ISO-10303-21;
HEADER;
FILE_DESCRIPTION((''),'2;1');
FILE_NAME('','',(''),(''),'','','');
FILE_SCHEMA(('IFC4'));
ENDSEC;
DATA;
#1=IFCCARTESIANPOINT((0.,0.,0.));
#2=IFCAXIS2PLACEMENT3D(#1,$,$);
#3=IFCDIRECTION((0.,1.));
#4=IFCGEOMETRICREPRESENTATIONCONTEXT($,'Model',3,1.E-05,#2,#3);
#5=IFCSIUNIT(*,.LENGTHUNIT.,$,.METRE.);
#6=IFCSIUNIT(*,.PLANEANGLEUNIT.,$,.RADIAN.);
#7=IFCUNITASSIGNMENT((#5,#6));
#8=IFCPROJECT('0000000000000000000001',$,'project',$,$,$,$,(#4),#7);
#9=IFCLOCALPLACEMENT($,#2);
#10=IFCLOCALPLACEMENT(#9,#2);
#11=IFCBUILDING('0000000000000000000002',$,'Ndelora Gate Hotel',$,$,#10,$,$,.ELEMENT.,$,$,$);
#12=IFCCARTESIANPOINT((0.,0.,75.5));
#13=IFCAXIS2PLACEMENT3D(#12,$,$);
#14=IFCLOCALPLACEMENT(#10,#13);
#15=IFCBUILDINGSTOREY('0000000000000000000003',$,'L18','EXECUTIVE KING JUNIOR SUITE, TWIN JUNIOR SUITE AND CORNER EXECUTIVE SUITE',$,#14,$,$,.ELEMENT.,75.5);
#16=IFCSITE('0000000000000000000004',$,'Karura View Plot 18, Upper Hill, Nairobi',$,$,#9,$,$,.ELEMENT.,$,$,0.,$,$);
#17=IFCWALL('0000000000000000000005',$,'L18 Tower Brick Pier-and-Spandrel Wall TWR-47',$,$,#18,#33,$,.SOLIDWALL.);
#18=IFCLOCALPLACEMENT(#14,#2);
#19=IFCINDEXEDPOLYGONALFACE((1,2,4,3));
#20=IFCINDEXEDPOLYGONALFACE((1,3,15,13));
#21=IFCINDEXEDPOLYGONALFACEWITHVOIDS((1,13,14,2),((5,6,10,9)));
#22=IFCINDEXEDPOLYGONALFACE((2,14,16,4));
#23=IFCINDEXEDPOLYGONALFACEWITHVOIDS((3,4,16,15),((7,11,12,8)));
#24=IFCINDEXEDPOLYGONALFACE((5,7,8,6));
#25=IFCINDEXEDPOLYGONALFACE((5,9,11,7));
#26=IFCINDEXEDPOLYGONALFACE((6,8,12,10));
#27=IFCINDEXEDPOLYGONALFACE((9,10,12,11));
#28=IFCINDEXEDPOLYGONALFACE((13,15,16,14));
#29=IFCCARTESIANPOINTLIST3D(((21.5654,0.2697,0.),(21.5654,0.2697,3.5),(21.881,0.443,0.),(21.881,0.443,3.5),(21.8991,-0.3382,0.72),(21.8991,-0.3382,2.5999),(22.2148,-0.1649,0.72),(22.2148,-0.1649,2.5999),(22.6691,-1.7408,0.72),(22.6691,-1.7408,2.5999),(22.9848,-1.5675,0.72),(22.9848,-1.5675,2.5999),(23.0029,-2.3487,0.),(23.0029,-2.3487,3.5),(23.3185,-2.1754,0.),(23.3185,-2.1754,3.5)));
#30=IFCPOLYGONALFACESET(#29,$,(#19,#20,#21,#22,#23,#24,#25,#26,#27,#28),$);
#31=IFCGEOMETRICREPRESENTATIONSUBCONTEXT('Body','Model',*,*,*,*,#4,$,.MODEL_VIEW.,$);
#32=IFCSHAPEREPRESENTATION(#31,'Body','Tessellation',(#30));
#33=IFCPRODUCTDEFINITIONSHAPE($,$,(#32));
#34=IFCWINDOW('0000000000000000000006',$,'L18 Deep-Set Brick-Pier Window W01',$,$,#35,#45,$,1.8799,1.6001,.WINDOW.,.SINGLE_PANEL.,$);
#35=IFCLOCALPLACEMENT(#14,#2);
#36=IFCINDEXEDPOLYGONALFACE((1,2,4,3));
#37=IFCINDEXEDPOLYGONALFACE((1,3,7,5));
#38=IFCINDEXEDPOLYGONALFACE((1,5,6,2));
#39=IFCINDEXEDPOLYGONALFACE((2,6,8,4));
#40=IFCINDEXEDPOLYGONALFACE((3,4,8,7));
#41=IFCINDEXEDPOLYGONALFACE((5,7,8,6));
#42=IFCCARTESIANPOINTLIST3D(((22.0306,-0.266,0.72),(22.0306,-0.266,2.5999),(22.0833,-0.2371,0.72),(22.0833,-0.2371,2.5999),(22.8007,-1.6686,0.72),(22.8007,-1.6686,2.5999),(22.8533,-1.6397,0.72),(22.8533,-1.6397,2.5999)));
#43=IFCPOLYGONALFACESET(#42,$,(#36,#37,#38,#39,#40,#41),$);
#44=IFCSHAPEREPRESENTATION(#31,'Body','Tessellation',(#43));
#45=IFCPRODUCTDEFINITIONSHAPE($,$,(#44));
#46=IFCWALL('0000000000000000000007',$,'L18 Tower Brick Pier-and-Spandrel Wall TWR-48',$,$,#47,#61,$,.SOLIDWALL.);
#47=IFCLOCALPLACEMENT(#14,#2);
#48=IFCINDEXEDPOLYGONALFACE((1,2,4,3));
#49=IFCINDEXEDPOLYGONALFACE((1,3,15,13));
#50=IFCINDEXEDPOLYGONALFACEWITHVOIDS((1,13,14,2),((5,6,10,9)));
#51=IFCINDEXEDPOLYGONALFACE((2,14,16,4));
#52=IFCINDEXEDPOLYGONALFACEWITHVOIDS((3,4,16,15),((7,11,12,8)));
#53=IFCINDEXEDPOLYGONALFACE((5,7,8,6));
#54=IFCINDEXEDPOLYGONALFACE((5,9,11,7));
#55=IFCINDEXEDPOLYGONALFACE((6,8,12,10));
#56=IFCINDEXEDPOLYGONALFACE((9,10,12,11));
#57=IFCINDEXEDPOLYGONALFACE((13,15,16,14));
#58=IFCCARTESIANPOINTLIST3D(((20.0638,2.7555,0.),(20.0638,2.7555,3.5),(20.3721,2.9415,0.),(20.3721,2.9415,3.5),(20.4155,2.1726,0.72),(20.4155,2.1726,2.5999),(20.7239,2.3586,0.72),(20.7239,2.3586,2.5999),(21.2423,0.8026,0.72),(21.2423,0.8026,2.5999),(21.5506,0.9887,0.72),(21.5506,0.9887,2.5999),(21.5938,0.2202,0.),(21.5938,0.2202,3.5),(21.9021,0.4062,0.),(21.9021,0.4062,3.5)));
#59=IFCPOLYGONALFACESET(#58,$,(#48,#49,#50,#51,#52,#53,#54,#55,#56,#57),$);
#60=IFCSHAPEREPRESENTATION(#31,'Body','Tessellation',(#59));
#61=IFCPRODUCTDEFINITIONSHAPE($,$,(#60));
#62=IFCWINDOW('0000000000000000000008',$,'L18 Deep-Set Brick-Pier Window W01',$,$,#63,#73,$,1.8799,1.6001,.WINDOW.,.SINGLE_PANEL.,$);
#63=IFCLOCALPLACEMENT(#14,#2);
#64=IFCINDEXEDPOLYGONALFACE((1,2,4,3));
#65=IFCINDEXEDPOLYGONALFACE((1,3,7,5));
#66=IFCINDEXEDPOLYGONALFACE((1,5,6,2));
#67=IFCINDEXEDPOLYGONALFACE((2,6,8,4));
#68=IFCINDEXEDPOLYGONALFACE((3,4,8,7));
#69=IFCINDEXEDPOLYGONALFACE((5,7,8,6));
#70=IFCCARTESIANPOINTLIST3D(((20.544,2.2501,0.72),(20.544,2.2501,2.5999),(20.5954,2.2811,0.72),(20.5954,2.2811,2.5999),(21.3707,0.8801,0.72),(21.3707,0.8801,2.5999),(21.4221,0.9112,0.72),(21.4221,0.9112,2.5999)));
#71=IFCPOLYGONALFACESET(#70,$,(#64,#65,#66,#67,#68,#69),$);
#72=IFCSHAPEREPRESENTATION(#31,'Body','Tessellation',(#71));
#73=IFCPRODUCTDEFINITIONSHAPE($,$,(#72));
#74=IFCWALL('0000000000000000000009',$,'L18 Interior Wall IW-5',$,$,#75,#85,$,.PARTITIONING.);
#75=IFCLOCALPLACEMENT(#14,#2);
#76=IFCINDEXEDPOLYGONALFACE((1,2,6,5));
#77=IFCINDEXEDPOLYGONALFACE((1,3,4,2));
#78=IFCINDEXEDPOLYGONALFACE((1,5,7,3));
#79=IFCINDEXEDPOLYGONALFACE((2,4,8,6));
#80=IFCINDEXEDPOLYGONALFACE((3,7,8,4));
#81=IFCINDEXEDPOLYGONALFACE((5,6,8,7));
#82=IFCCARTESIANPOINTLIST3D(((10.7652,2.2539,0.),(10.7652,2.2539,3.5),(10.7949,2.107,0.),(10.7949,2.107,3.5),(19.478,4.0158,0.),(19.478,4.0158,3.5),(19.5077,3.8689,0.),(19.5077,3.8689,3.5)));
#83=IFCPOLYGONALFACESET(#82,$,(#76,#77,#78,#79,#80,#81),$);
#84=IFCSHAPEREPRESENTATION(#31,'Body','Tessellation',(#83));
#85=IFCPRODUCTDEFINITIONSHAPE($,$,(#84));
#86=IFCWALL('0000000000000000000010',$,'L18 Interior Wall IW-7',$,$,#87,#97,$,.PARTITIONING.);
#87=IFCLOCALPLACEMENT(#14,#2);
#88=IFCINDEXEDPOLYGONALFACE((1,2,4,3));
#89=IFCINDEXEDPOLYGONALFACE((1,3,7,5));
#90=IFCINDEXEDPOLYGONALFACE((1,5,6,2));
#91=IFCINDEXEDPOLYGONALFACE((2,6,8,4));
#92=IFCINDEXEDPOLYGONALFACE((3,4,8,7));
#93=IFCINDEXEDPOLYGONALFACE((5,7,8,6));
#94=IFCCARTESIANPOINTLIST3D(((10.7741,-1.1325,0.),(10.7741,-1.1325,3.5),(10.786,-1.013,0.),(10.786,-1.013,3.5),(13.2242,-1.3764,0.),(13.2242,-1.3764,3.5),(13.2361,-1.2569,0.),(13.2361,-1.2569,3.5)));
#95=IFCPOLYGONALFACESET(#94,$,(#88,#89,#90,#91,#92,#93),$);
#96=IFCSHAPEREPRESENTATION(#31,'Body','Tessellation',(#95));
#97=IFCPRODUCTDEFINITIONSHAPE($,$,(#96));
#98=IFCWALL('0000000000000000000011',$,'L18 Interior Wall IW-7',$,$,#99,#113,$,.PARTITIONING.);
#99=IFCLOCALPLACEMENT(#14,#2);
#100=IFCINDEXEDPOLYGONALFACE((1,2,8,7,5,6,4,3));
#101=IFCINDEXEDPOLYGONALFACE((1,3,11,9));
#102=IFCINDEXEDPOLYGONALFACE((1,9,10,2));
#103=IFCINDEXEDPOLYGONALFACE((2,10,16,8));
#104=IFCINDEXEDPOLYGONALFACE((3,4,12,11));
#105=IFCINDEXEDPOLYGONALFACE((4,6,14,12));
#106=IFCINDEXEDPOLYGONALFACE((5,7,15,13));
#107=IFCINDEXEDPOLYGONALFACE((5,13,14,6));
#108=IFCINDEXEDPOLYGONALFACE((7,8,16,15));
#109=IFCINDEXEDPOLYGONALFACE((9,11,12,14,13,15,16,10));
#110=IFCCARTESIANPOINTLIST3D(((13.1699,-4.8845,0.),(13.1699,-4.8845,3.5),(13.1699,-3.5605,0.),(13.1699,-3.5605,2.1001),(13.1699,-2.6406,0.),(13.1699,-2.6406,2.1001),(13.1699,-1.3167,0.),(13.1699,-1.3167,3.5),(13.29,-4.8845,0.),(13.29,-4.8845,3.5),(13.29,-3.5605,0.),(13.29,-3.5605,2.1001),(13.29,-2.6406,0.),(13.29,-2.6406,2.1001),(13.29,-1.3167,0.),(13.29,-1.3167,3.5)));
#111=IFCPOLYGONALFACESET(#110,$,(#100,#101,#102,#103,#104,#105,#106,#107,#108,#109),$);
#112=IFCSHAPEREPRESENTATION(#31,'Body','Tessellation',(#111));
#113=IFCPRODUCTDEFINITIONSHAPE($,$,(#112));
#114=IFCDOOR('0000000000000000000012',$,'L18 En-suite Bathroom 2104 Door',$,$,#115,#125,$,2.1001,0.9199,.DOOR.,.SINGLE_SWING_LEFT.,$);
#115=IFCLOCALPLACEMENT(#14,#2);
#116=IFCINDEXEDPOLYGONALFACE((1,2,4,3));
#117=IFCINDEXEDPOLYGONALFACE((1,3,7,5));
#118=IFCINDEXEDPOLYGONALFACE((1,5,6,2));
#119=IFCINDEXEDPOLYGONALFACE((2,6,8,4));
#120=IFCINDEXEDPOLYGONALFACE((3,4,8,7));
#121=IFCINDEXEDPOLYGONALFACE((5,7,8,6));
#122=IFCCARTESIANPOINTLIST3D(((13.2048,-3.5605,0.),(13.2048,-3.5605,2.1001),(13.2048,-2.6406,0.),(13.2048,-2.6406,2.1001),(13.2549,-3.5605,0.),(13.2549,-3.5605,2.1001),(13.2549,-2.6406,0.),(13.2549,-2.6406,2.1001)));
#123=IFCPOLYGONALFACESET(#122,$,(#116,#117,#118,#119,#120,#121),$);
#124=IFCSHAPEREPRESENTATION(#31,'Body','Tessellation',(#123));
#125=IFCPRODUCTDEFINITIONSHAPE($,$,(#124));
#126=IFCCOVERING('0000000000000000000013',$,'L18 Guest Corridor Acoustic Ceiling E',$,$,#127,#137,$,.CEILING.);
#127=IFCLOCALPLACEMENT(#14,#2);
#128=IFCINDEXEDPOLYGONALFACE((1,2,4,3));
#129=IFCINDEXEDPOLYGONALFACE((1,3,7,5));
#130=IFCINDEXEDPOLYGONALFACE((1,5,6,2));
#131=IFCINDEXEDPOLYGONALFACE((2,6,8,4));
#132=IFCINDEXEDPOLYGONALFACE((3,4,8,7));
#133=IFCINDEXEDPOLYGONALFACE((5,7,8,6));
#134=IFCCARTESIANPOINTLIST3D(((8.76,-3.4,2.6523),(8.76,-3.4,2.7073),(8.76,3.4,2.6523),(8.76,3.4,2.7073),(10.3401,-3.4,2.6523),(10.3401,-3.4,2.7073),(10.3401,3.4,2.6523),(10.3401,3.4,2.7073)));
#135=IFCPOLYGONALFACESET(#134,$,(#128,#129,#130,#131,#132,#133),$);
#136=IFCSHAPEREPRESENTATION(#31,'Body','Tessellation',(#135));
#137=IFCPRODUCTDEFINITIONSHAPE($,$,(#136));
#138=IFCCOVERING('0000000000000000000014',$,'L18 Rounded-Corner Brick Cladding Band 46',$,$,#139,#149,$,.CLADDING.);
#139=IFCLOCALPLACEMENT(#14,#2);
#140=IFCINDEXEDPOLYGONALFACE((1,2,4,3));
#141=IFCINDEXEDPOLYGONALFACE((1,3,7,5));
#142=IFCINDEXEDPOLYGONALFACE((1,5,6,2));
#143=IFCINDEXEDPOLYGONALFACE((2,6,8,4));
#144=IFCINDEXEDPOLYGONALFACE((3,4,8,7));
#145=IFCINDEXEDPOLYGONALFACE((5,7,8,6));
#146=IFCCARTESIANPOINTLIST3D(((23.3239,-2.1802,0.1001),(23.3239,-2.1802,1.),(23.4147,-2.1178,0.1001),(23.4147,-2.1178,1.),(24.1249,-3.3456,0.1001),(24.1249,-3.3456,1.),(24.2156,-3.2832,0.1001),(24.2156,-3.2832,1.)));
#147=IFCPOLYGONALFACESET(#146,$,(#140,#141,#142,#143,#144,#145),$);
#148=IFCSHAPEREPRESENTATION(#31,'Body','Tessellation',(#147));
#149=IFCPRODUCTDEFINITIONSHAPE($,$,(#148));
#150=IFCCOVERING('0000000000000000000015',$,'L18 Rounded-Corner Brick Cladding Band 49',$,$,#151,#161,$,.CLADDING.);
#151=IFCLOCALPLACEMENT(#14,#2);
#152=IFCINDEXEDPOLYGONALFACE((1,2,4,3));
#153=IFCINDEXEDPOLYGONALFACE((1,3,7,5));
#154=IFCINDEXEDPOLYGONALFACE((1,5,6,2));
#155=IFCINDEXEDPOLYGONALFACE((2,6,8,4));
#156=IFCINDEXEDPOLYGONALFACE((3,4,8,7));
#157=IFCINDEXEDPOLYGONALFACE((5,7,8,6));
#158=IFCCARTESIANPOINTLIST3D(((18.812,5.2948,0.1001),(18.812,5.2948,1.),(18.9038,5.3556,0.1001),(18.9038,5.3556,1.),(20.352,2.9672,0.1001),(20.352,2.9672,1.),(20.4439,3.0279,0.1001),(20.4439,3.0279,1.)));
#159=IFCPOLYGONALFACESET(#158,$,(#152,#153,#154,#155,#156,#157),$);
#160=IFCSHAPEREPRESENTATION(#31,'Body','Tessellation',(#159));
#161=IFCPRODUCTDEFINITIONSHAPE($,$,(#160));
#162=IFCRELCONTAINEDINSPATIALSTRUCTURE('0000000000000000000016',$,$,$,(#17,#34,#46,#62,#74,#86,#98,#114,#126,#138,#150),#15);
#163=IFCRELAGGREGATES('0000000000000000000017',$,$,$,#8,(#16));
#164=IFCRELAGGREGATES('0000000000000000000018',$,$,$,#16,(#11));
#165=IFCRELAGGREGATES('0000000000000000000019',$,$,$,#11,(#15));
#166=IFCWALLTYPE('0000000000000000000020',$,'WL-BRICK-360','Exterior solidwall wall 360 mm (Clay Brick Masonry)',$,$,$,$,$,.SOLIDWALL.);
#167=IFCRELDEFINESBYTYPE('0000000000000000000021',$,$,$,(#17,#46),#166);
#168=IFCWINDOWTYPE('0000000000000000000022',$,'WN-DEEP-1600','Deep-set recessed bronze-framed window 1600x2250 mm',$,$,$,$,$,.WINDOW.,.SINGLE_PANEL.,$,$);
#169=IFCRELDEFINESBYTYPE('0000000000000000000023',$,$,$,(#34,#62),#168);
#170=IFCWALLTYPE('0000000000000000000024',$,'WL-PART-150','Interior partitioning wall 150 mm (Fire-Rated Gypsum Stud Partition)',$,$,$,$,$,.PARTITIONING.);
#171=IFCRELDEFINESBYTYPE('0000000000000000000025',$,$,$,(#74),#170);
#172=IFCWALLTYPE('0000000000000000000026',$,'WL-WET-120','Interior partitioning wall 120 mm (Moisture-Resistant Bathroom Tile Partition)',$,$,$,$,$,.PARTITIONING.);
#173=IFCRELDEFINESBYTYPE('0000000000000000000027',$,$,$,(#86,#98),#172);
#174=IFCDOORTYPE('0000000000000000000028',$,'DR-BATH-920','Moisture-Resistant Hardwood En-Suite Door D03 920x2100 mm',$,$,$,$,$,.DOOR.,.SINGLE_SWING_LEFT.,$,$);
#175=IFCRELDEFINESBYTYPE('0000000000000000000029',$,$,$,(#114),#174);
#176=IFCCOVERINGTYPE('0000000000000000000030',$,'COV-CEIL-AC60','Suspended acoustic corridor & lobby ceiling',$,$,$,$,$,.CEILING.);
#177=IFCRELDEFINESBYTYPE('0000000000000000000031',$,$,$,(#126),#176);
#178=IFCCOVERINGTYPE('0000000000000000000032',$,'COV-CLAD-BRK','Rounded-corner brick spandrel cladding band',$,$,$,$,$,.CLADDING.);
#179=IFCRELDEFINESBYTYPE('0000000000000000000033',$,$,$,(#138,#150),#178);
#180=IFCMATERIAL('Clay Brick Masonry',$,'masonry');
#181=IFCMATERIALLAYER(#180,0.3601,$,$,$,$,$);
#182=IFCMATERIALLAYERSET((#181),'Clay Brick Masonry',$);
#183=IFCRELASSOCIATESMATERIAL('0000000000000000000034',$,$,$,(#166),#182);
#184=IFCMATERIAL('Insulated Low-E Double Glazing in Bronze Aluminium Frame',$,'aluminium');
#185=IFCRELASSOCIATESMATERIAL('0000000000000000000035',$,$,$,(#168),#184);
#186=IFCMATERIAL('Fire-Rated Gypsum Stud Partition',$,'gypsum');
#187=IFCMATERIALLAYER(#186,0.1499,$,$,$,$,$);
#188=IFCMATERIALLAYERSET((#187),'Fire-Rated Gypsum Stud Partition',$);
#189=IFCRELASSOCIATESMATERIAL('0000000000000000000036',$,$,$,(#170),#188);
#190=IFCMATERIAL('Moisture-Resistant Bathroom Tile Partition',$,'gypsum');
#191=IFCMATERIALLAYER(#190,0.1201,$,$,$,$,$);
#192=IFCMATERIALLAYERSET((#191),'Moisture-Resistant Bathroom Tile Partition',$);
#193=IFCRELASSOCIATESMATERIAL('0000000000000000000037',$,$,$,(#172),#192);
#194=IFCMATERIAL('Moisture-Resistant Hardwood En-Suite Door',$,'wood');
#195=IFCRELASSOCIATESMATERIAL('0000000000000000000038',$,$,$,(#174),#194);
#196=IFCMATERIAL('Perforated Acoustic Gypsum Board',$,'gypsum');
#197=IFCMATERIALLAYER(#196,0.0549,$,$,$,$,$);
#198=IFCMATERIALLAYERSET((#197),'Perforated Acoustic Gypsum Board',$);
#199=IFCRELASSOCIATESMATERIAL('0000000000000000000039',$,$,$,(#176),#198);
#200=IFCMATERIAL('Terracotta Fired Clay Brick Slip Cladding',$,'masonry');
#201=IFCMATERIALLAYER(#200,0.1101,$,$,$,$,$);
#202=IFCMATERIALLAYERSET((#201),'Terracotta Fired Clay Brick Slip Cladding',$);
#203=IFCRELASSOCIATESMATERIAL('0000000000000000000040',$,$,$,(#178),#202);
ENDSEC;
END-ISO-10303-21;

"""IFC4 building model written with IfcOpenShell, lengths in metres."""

from ifc_helpers import new_model, si_unit, direction, frame, frame_2d, origin, origin_2d, place, context, subcontext, project, spatial, rectangle, extrude, material, layer, layer_set, type_object, element, fill, save


model = new_model("IFC4")

# Units and contexts
model_context = context("Model", 3, precision=1e-05, world=origin(), true_north=direction((0.0, 1.0)))
body_context = subcontext(model_context, "Body", "Model", "MODEL_VIEW")
ifc_project = project(units=[si_unit("LENGTHUNIT", "METRE"), si_unit("PLANEANGLEUNIT", "RADIAN")], contexts=[model_context])

# Site, building, storey
site_placement = place(None, origin())
site = spatial("IfcSite", under=ifc_project, at=site_placement, Name="Karura View Plot 18, Upper Hill, Nairobi", CompositionType="ELEMENT", RefElevation=0.0)
building_placement = place(site_placement, origin())
building = spatial("IfcBuilding", under=site, at=building_placement, Name="Ndelora Gate Hotel", CompositionType="ELEMENT")
storey_placement = place(building_placement, frame((0.0, 0.0, 75.5)))
storey = spatial("IfcBuildingStorey", under=building, at=storey_placement, Name="L18", Description="EXECUTIVE KING JUNIOR SUITE, TWIN JUNIOR SUITE AND CORNER EXECUTIVE SUITE", CompositionType="ELEMENT", Elevation=75.5)

# Shared definitions
ifc_material_1 = material(Name="Clay Brick Masonry", Category="masonry")
ifc_layer_1 = layer(ifc_material_1, 0.3601)
ifc_layer_set_1 = layer_set([ifc_layer_1], Name="Clay Brick Masonry")
wall_type_1 = type_object("IfcWallType", Name="WL-BRICK-360", Description="Exterior solidwall wall 360 mm (Clay Brick Masonry)", PredefinedType="SOLIDWALL", material=ifc_layer_set_1)

# Walls, openings, windows
wall_1_placement = place(storey_placement, frame((21.7231, 0.3564, 0.0), z_axis=(0.0, 0.0, 1.0), x_axis=(0.481244, -0.876587, 0.0)))
wall_1 = element("IfcWall", 1, at=wall_1_placement, inside=storey, type_object=wall_type_1, Name="L18 Tower Brick Pier-and-Spandrel Wall TWR-47", PredefinedType="SOLIDWALL", context=body_context, shape_type="SweptSolid", body=[
    extrude(rectangle(XDim=2.9871, YDim=0.3601, at=frame_2d((1.4937, 0.0))), origin(), (0.0, 0.0, 1.0), 3.5),
])
opening_1_placement = place(wall_1_placement, frame((0.6936, 0.0, 0.72)))
opening_1 = element("IfcOpeningElement", 2, at=opening_1_placement, cuts=wall_1, PredefinedType="OPENING", context=body_context, shape_type="SweptSolid", body=[
    extrude(rectangle(XDim=1.6001, YDim=1.8799, at=frame_2d((0.8, 0.9399))), frame((0.0, 0.1899, 0.0), z_axis=(0.0, -1.0, 0.0), x_axis=(1.0, 0.0, 0.0)), (0.0, 0.0, 1.0), 0.3801),
])
ifc_material_2 = material(Name="Insulated Low-E Double Glazing in Bronze Aluminium Frame", Category="aluminium")
window_type = type_object("IfcWindowType", Name="WN-DEEP-1600", Description="Deep-set recessed bronze-framed window 1600x2250 mm", PartitioningType="SINGLE_PANEL", PredefinedType="WINDOW", material=ifc_material_2)
window_1_placement = place(opening_1_placement, origin())
window_1 = element("IfcWindow", 3, at=window_1_placement, inside=storey, type_object=window_type, Name="L18 Deep-Set Brick-Pier Window W01", OverallHeight=1.8799, OverallWidth=1.6001, PartitioningType="SINGLE_PANEL", PredefinedType="WINDOW", context=body_context, shape_type="SweptSolid", body=[
    extrude(rectangle(XDim=1.6001, YDim=1.8799, at=frame_2d((0.8, 0.9399))), frame((0.0, 0.03, 0.0), z_axis=(0.0, -1.0, 0.0), x_axis=(1.0, 0.0, 0.0)), (0.0, 0.0, 1.0), 0.0601),
])
fill(opening_1, window_1)
wall_2_placement = place(storey_placement, frame((20.218, 2.8484, 0.0), z_axis=(0.0, 0.0, 1.0), x_axis=(0.516676, -0.856181, 0.0)))
wall_2 = element("IfcWall", 4, at=wall_2_placement, inside=storey, type_object=wall_type_1, Name="L18 Tower Brick Pier-and-Spandrel Wall TWR-48", PredefinedType="SOLIDWALL", context=body_context, shape_type="SweptSolid", body=[
    extrude(rectangle(XDim=2.9612, YDim=0.3601, at=frame_2d((1.4805, 0.0))), origin(), (0.0, 0.0, 1.0), 3.5),
])
opening_2_placement = place(wall_2_placement, frame((0.6807, 0.0, 0.72)))
opening_2 = element("IfcOpeningElement", 5, at=opening_2_placement, cuts=wall_2, PredefinedType="OPENING", context=body_context, shape_type="SweptSolid", body=[
    extrude(rectangle(XDim=1.6001, YDim=1.8799, at=frame_2d((0.8, 0.9399))), frame((0.0, 0.1899, 0.0), z_axis=(0.0, -1.0, 0.0), x_axis=(1.0, 0.0, 0.0)), (0.0, 0.0, 1.0), 0.3801),
])
window_2_placement = place(opening_2_placement, origin())
window_2 = element("IfcWindow", 6, at=window_2_placement, inside=storey, type_object=window_type, Name="L18 Deep-Set Brick-Pier Window W01", OverallHeight=1.8799, OverallWidth=1.6001, PartitioningType="SINGLE_PANEL", PredefinedType="WINDOW", context=body_context, shape_type="SweptSolid", body=[
    extrude(rectangle(XDim=1.6001, YDim=1.8799, at=frame_2d((0.8, 0.9399))), frame((0.0, 0.03, 0.0), z_axis=(0.0, -1.0, 0.0), x_axis=(1.0, 0.0, 0.0)), (0.0, 0.0, 1.0), 0.0601),
])
fill(opening_2, window_2)

# Walls
ifc_material_3 = material(Name="Fire-Rated Gypsum Stud Partition", Category="gypsum")
ifc_layer_2 = layer(ifc_material_3, 0.1499)
ifc_layer_set_2 = layer_set([ifc_layer_2], Name="Fire-Rated Gypsum Stud Partition")
wall_type_2 = type_object("IfcWallType", Name="WL-PART-150", Description="Interior partitioning wall 150 mm (Fire-Rated Gypsum Stud Partition)", PredefinedType="PARTITIONING", material=ifc_layer_set_2)
wall_3_placement = place(storey_placement, frame((10.78, 2.1804, 0.0), z_axis=(0.0, 0.0, 1.0), x_axis=(0.980159, 0.198213, 0.0)))
element("IfcWall", 7, at=wall_3_placement, inside=storey, type_object=wall_type_2, Name="L18 Interior Wall IW-5", PredefinedType="PARTITIONING", context=body_context, shape_type="SweptSolid", body=[
    extrude(rectangle(XDim=8.8892, YDim=0.1499, at=frame_2d((4.4446, 0.0))), origin(), (0.0, 0.0, 1.0), 3.5),
])
ifc_material_4 = material(Name="Moisture-Resistant Bathroom Tile Partition", Category="gypsum")
ifc_layer_3 = layer(ifc_material_4, 0.1201)
ifc_layer_set_3 = layer_set([ifc_layer_3], Name="Moisture-Resistant Bathroom Tile Partition")
wall_type_3 = type_object("IfcWallType", Name="WL-WET-120", Description="Interior partitioning wall 120 mm (Moisture-Resistant Bathroom Tile Partition)", PredefinedType="PARTITIONING", material=ifc_layer_set_3)
wall_4_placement = place(storey_placement, frame((13.23, -1.3167, 0.0), z_axis=(0.0, 0.0, 1.0), x_axis=(-0.995081, 0.099062, 0.0)))
element("IfcWall", 8, at=wall_4_placement, inside=storey, type_object=wall_type_3, Name="L18 Interior Wall IW-7", PredefinedType="PARTITIONING", context=body_context, shape_type="SweptSolid", body=[
    extrude(rectangle(XDim=2.4622, YDim=0.1201, at=frame_2d((1.231, 0.0))), origin(), (0.0, 0.0, 1.0), 3.5),
])

# Wall, opening, door
wall_5_placement = place(storey_placement, frame((13.23, -1.3167, 0.0), z_axis=(0.0, 0.0, 1.0), x_axis=(0.0, -1.0, 0.0)))
wall_5 = element("IfcWall", 9, at=wall_5_placement, inside=storey, type_object=wall_type_3, Name="L18 Interior Wall IW-7", PredefinedType="PARTITIONING", context=body_context, shape_type="SweptSolid", body=[
    extrude(rectangle(XDim=3.5679, YDim=0.1201, at=frame_2d((1.7839, 0.0))), origin(), (0.0, 0.0, 1.0), 3.5),
])
opening_3_placement = place(wall_5_placement, frame((1.324, 0.0, 0.0)))
opening_3 = element("IfcOpeningElement", 10, at=opening_3_placement, cuts=wall_5, PredefinedType="OPENING", context=body_context, shape_type="SweptSolid", body=[
    extrude(rectangle(XDim=0.9199, YDim=2.1001, at=frame_2d((0.46, 1.05))), frame((0.0, 0.0701, 0.0), z_axis=(0.0, -1.0, 0.0), x_axis=(1.0, 0.0, 0.0)), (0.0, 0.0, 1.0), 0.1401),
])
ifc_material_5 = material(Name="Moisture-Resistant Hardwood En-Suite Door", Category="wood")
door_type_1 = type_object("IfcDoorType", Name="DR-BATH-920", Description="Moisture-Resistant Hardwood En-Suite Door D03 920x2100 mm", OperationType="SINGLE_SWING_LEFT", PredefinedType="DOOR", material=ifc_material_5)
door_1_placement = place(opening_3_placement, origin())
door_1 = element("IfcDoor", 11, at=door_1_placement, inside=storey, type_object=door_type_1, Name="L18 En-suite Bathroom 2104 Door", OperationType="SINGLE_SWING_LEFT", OverallHeight=2.1001, OverallWidth=0.9199, PredefinedType="DOOR", context=body_context, shape_type="SweptSolid", body=[
    extrude(rectangle(XDim=0.9199, YDim=2.1001, at=frame_2d((0.46, 1.05))), frame((0.0, 0.0249, 0.0), z_axis=(0.0, -1.0, 0.0), x_axis=(1.0, 0.0, 0.0)), (0.0, 0.0, 1.0), 0.05),
])
fill(opening_3, door_1)

# Coverings
ifc_material_6 = material(Name="Perforated Acoustic Gypsum Board", Category="gypsum")
ifc_layer_4 = layer(ifc_material_6, 0.0549)
ifc_layer_set_4 = layer_set([ifc_layer_4], Name="Perforated Acoustic Gypsum Board")
covering_type_1 = type_object("IfcCoveringType", Name="COV-CEIL-AC60", Description="Suspended acoustic corridor & lobby ceiling", PredefinedType="CEILING", material=ifc_layer_set_4)
covering_1_placement = place(storey_placement, frame((9.55, 0.0, 2.6523), z_axis=(0.0, 0.0, 1.0), x_axis=(1.0, 0.0, 0.0)))
element("IfcCovering", 12, at=covering_1_placement, inside=storey, type_object=covering_type_1, Name="L18 Guest Corridor Acoustic Ceiling E", PredefinedType="CEILING", context=body_context, shape_type="SweptSolid", body=[
    extrude(rectangle(XDim=1.5801, YDim=6.8, at=origin_2d()), origin(), (0.0, 0.0, 1.0), 0.0549),
])
ifc_material_7 = material(Name="Terracotta Fired Clay Brick Slip Cladding", Category="masonry")
ifc_layer_5 = layer(ifc_material_7, 0.1101)
ifc_layer_set_5 = layer_set([ifc_layer_5], Name="Terracotta Fired Clay Brick Slip Cladding")
covering_type_2 = type_object("IfcCoveringType", Name="COV-CLAD-BRK", Description="Rounded-corner brick spandrel cladding band", PredefinedType="CLADDING", material=ifc_layer_set_5)
covering_2_placement = place(storey_placement, frame((23.7698, -2.7317, 0.1001), z_axis=(0.0, 0.0, 1.0), x_axis=(-0.566406, 0.824126, 0.0)))
element("IfcCovering", 13, at=covering_2_placement, inside=storey, type_object=covering_type_2, Name="L18 Rounded-Corner Brick Cladding Band 46", PredefinedType="CLADDING", context=body_context, shape_type="SweptSolid", body=[
    extrude(rectangle(XDim=1.4141, YDim=0.1101, at=origin_2d()), origin(), (0.0, 0.0, 1.0), 0.8999),
])
covering_3_placement = place(storey_placement, frame((19.6279, 4.1614, 0.1001), z_axis=(0.0, 0.0, 1.0), x_axis=(-0.551791, 0.833982, 0.0)))
element("IfcCovering", 14, at=covering_3_placement, inside=storey, type_object=covering_type_2, Name="L18 Rounded-Corner Brick Cladding Band 49", PredefinedType="CLADDING", context=body_context, shape_type="SweptSolid", body=[
    extrude(rectangle(XDim=2.791, YDim=0.1101, at=origin_2d()), origin(), (0.0, 0.0, 1.0), 0.8999),
])

save(model, "model.ifc")
